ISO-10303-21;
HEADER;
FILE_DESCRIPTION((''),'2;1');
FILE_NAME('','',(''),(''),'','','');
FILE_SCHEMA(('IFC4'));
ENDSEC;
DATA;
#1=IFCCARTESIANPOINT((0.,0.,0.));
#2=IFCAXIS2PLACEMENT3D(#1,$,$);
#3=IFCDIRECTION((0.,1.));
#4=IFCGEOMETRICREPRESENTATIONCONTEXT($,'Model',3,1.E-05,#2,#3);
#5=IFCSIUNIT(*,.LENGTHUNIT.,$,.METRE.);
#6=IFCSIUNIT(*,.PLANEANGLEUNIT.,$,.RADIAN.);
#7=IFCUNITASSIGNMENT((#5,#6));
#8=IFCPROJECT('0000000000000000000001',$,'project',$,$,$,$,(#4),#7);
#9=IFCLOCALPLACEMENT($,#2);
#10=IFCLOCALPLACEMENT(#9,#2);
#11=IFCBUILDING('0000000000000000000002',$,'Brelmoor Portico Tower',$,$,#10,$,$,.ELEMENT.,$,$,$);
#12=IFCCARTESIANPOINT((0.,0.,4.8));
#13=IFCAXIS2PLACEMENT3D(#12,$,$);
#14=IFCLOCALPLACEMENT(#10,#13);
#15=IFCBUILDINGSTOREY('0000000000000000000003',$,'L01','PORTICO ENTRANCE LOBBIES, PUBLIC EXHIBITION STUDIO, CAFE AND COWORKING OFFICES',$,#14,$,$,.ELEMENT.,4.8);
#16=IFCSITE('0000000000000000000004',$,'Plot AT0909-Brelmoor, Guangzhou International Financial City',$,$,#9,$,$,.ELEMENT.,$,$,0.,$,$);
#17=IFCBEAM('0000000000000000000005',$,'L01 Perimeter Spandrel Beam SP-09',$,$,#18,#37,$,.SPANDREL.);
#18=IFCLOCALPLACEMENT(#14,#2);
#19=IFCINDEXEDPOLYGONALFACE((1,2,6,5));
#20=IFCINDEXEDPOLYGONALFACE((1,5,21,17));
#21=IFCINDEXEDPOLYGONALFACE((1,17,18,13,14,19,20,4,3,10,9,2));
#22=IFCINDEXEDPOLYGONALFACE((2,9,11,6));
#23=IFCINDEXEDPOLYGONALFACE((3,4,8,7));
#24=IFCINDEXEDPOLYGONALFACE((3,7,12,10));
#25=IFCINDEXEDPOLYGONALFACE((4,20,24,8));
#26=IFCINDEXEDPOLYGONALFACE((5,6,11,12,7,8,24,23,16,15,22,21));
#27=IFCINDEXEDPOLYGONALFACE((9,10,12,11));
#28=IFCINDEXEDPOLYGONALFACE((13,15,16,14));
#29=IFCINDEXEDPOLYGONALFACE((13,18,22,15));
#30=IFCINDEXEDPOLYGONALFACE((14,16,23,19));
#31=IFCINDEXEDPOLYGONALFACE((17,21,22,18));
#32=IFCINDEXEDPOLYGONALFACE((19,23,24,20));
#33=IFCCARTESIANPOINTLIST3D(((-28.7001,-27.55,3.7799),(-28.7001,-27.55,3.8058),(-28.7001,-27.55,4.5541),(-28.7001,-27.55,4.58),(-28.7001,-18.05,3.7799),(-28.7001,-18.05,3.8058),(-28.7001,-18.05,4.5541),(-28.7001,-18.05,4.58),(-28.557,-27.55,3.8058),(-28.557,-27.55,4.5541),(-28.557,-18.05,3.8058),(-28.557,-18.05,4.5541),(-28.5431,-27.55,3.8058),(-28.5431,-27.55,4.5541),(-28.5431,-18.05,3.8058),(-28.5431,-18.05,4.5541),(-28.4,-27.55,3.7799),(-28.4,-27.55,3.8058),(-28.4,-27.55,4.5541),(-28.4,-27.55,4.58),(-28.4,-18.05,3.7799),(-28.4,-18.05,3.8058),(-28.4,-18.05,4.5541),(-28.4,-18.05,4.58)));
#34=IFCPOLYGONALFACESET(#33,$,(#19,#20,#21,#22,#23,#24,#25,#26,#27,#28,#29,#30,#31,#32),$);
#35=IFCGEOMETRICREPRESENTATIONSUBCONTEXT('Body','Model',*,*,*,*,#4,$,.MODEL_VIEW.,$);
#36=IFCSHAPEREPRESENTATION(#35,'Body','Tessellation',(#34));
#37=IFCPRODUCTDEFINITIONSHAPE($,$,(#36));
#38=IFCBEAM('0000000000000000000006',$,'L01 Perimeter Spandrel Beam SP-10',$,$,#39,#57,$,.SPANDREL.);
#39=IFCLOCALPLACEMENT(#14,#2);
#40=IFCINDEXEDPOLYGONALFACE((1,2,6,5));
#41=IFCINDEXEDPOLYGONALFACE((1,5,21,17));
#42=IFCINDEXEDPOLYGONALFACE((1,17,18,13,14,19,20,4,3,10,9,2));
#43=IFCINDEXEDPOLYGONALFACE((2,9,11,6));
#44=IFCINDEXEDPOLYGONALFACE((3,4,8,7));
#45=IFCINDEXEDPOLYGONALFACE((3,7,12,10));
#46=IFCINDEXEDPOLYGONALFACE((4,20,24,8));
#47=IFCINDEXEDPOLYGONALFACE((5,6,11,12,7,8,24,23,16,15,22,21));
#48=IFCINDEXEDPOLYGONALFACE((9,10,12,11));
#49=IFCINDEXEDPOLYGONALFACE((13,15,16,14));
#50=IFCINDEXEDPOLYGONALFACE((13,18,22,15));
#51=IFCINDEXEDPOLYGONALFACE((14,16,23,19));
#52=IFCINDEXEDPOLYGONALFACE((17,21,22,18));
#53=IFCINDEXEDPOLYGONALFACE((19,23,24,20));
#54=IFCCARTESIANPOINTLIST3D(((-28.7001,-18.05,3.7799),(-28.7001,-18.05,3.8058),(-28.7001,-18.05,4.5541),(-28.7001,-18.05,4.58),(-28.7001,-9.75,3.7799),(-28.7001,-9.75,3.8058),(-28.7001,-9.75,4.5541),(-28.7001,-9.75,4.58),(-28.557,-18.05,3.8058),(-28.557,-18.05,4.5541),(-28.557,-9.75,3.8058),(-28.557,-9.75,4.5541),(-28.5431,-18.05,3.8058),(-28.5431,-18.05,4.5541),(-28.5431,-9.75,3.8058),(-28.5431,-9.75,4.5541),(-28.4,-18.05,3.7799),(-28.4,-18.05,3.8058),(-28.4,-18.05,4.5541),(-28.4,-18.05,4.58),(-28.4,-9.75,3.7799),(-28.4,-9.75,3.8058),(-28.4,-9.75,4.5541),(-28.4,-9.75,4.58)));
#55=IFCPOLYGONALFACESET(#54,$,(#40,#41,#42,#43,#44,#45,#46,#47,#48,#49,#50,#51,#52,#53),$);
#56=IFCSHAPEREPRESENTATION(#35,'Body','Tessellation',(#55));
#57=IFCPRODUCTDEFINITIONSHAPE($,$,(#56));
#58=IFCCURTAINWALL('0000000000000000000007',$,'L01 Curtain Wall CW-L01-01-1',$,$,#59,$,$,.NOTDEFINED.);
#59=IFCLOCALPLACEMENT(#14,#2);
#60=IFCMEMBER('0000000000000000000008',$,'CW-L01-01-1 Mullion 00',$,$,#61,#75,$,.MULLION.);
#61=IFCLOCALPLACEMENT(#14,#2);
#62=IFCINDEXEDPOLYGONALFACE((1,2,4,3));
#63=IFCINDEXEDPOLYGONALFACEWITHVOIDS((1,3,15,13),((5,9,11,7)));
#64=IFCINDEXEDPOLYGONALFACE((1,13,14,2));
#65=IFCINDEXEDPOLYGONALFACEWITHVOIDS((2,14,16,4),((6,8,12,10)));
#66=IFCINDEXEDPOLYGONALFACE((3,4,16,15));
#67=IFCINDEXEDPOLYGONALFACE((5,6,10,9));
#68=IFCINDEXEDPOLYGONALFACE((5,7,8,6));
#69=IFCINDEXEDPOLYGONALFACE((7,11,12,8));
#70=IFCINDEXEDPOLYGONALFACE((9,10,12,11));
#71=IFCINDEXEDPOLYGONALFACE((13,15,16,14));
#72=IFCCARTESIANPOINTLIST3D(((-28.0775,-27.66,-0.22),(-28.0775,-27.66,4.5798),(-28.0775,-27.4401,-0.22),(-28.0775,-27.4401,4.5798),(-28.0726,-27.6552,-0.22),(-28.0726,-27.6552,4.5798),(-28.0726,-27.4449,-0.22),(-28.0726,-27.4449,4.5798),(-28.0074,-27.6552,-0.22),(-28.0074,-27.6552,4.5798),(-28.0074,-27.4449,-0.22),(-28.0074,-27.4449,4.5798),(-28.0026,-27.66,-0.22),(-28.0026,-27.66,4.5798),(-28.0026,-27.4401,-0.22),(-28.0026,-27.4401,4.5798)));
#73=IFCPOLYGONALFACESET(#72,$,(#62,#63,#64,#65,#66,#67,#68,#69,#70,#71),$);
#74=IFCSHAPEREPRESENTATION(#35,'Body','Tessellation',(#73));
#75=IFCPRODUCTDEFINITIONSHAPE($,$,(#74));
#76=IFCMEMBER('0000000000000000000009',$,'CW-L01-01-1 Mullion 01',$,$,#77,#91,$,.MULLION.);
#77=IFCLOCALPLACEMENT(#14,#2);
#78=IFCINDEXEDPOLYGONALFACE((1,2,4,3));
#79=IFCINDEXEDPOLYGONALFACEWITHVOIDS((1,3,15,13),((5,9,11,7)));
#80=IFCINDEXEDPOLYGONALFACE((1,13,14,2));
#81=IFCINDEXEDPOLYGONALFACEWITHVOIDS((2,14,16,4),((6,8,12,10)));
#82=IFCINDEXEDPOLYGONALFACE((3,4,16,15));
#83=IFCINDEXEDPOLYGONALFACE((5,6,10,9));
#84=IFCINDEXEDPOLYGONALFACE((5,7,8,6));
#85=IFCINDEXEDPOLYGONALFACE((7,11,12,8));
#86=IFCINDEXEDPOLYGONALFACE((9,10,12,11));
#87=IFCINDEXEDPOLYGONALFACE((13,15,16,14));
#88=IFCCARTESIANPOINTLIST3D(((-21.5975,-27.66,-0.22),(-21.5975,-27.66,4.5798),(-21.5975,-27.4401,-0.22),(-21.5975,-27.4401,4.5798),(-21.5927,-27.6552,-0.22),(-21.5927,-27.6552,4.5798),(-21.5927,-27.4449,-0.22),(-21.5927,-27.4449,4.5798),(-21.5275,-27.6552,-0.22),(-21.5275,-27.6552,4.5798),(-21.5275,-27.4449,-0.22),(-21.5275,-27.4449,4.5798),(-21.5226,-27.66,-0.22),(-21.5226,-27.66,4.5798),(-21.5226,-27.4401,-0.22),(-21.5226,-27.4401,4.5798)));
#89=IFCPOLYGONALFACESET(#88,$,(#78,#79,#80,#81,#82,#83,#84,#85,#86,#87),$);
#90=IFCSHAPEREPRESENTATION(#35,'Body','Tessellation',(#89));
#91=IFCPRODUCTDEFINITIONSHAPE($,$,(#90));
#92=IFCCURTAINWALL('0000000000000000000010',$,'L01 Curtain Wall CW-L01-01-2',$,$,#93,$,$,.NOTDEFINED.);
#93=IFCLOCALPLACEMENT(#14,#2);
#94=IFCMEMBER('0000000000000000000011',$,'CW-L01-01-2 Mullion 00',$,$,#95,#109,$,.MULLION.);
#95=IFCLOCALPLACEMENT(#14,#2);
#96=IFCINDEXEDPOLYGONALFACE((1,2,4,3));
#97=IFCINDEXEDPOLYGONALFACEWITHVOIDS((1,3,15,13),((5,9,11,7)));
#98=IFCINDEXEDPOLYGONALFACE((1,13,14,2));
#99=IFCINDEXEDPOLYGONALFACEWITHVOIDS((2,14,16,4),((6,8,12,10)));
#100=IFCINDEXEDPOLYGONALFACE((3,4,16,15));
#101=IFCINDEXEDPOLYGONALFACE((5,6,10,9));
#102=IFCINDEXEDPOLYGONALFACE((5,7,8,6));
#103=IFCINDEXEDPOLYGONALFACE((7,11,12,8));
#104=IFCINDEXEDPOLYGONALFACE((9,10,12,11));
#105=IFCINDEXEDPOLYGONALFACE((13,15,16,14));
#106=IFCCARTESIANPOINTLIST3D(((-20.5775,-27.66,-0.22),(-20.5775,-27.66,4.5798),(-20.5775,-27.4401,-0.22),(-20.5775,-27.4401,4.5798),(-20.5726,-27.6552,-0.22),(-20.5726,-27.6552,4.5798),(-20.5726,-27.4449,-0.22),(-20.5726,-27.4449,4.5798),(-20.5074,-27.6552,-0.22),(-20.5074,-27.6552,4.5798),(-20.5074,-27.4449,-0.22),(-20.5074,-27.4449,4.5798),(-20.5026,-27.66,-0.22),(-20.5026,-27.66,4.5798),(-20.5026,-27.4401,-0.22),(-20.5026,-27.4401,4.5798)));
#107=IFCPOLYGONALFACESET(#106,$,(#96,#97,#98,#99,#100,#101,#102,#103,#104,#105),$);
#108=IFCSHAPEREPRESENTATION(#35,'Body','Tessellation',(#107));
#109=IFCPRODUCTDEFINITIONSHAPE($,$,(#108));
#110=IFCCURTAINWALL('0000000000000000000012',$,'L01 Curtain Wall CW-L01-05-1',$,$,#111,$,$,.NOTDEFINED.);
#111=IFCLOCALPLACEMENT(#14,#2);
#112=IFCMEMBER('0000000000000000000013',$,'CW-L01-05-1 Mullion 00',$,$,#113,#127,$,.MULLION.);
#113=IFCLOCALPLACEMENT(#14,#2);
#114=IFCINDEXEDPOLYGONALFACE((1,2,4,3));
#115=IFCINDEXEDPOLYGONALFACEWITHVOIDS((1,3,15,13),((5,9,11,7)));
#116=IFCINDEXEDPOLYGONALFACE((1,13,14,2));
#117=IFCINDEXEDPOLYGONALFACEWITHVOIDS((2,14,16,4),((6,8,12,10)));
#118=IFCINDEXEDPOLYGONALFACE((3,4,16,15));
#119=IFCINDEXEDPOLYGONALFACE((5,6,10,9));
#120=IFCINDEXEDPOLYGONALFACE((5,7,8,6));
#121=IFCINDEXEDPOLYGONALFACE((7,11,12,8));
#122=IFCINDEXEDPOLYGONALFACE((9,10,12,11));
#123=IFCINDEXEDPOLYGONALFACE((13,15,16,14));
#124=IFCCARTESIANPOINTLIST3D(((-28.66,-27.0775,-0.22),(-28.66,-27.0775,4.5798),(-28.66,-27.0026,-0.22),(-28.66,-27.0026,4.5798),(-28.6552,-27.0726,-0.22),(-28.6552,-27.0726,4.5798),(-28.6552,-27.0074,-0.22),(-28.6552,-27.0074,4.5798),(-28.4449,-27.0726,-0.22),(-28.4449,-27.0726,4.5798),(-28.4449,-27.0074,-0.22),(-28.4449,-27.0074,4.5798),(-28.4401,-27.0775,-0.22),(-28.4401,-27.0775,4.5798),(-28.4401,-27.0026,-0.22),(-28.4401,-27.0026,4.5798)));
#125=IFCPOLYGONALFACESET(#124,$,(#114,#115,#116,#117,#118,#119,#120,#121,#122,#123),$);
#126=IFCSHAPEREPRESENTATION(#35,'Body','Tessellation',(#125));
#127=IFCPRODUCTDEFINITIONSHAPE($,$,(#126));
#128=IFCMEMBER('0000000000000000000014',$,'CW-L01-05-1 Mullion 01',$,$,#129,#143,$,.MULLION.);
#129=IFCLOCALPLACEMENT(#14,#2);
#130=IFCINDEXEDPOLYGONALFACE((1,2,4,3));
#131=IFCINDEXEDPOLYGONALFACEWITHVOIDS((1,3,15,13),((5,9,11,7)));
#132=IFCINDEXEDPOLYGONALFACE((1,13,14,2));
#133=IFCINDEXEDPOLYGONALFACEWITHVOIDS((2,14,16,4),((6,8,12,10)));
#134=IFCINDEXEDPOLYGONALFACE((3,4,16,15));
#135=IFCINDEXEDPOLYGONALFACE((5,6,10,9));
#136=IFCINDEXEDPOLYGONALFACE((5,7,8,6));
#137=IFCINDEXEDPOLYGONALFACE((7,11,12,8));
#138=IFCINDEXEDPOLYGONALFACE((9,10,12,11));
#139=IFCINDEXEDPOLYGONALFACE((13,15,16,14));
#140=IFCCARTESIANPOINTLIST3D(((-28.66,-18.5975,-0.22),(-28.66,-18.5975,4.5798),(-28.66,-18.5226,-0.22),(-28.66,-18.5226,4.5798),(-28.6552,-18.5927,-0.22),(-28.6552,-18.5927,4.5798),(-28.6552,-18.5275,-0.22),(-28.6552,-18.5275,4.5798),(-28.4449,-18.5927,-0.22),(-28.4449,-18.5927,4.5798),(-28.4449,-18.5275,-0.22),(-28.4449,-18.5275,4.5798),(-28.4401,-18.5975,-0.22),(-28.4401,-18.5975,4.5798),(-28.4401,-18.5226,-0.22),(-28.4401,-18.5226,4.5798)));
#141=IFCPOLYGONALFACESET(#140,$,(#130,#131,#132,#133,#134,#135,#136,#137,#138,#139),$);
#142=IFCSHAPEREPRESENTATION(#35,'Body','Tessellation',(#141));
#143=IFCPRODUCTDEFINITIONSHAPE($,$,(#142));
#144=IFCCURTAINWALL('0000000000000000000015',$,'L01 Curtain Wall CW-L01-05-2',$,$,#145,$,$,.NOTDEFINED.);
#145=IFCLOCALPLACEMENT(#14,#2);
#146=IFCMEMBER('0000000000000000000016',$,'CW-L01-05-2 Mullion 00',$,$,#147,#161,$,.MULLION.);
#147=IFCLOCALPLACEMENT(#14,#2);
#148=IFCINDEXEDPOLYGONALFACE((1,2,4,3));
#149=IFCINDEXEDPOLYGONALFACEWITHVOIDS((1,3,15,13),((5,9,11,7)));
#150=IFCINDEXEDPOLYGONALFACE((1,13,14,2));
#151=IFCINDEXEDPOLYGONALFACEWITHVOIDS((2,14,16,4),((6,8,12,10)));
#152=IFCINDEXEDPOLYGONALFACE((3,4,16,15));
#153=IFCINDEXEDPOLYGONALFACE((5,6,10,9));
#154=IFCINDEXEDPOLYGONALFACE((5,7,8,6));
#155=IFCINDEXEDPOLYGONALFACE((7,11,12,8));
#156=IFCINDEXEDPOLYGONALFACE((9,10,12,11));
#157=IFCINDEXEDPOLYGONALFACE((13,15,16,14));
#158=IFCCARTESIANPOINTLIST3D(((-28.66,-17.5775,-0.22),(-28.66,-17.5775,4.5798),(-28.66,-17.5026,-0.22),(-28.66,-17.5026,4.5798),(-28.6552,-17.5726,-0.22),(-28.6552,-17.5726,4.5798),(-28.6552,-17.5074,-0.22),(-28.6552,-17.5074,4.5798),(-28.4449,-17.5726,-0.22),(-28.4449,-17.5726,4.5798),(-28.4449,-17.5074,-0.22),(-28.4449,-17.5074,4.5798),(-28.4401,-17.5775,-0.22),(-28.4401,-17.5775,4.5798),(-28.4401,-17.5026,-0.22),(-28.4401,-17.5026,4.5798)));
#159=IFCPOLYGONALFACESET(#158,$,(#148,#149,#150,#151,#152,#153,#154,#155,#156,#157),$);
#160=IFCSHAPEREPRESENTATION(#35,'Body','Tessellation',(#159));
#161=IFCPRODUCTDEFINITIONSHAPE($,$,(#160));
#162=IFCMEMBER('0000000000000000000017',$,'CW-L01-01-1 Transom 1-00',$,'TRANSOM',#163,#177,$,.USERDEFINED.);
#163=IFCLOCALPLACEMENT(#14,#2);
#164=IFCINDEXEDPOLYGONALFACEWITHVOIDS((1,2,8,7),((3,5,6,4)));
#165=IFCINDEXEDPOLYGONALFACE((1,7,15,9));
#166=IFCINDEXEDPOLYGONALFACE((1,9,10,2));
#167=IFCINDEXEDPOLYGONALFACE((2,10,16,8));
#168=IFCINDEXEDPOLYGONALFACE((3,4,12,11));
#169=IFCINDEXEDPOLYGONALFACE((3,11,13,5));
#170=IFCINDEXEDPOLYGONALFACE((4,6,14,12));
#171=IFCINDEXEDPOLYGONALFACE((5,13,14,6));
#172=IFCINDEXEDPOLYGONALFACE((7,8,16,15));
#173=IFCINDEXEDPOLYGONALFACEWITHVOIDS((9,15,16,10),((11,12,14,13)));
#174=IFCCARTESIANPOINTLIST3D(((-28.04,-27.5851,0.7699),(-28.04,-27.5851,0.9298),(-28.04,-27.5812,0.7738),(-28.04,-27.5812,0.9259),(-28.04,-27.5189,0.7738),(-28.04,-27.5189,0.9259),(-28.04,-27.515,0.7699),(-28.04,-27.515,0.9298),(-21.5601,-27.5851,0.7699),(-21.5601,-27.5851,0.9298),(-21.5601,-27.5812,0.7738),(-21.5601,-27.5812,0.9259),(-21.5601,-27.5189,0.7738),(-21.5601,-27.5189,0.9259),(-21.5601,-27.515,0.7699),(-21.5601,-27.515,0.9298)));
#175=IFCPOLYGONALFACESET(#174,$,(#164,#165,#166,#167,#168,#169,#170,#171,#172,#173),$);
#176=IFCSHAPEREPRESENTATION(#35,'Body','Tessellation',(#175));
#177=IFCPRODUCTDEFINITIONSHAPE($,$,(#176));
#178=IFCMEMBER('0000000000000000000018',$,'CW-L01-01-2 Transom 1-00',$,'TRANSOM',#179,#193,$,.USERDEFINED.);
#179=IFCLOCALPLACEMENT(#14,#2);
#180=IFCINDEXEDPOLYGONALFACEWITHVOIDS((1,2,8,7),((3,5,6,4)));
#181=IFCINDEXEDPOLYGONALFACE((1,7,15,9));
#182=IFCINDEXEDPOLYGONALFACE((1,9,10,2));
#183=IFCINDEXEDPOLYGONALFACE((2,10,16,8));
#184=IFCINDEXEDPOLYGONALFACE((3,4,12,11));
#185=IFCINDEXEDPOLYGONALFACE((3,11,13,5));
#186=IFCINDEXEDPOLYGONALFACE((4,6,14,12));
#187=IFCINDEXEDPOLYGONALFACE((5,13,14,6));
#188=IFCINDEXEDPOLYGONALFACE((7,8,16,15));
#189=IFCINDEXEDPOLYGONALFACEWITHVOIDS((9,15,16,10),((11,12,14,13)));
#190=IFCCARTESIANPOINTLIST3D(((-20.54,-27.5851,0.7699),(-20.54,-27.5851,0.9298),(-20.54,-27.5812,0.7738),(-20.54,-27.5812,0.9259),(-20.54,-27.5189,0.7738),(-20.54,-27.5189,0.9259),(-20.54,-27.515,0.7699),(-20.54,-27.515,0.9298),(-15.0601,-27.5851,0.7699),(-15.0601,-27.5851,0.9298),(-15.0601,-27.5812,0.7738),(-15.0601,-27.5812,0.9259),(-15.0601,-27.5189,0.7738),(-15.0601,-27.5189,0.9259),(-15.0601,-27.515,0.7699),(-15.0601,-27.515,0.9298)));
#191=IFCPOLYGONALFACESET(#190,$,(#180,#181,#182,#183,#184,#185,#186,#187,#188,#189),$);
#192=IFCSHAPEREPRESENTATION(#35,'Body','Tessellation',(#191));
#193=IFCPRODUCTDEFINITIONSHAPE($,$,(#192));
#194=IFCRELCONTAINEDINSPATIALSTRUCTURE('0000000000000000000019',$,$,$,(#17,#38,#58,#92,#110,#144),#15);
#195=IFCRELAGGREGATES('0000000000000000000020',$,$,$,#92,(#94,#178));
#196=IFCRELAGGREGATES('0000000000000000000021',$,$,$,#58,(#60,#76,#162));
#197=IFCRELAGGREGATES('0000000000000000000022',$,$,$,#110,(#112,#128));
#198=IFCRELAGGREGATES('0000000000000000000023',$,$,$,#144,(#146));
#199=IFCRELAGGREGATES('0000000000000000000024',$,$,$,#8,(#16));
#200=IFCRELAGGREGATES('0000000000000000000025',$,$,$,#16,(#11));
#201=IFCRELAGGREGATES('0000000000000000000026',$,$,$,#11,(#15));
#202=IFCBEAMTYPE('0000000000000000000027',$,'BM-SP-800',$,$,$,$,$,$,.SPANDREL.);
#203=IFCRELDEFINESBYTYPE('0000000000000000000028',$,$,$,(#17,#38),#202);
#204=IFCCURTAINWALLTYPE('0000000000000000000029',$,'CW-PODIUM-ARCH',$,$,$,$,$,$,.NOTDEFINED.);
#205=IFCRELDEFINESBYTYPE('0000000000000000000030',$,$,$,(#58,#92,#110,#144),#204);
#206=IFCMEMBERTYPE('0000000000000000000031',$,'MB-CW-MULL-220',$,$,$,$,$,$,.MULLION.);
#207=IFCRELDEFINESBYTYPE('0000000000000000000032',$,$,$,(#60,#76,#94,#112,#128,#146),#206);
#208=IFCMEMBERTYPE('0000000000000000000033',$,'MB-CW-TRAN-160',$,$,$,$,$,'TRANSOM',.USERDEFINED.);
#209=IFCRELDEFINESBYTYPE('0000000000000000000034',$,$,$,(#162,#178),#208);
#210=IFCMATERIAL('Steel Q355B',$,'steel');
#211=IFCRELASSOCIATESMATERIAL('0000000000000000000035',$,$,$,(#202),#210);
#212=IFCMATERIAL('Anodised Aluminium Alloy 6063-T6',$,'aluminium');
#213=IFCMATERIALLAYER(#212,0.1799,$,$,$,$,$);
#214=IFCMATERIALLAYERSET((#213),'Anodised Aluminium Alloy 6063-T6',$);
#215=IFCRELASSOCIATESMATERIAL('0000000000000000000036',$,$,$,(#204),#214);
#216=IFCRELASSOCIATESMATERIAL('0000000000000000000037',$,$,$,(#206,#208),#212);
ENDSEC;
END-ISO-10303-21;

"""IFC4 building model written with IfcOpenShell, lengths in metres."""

from ifc_helpers import new_model, si_unit, direction, frame, origin, origin_2d, place, context, subcontext, project, spatial, hollow_rectangle, i_section, extrude, material, layer, layer_set, material_profile, profile_set, type_object, element, aggregate, save


model = new_model("IFC4")

# Units and contexts
model_context = context("Model", 3, precision=1e-05, world=origin(), true_north=direction((0.0, 1.0)))
body_context = subcontext(model_context, "Body", "Model", "MODEL_VIEW")
ifc_project = project(units=[si_unit("LENGTHUNIT", "METRE"), si_unit("PLANEANGLEUNIT", "RADIAN")], contexts=[model_context])

# Site, building, storey
site_placement = place(None, origin())
site = spatial("IfcSite", under=ifc_project, at=site_placement, Name="Plot AT0909-Brelmoor, Guangzhou International Financial City", CompositionType="ELEMENT", RefElevation=0.0)
building_placement = place(site_placement, origin())
building = spatial("IfcBuilding", under=site, at=building_placement, Name="Brelmoor Portico Tower", CompositionType="ELEMENT")
storey_placement = place(building_placement, frame((0.0, 0.0, 4.8)))
storey = spatial("IfcBuildingStorey", under=building, at=storey_placement, Name="L01", Description="PORTICO ENTRANCE LOBBIES, PUBLIC EXHIBITION STUDIO, CAFE AND COWORKING OFFICES", CompositionType="ELEMENT", Elevation=4.8)

# Shared definitions
ifc_material_1 = material(Name="Steel Q355B", Category="steel")

# Beams
ifc_material_profile_1 = material_profile(ifc_material_1, i_section(OverallWidth=0.3, OverallDepth=0.8, WebThickness=0.0139, FlangeThickness=0.0259, at=origin_2d()), Name="HN 800x300x14x26")
ifc_profile_set_1 = profile_set([ifc_material_profile_1], Name="Steel Q355B")
beam_type_1 = type_object("IfcBeamType", Name="BM-SP-800", PredefinedType="SPANDREL", material=ifc_profile_set_1)
beam_1_placement = place(storey_placement, frame((-28.55, -27.55, 4.1799), z_axis=(0.0, 1.0, 0.0), x_axis=(-1.0, 0.0, 0.0)))
element("IfcBeam", 1, at=beam_1_placement, inside=storey, type_object=beam_type_1, Name="L01 Perimeter Spandrel Beam SP-09", PredefinedType="SPANDREL", context=body_context, shape_type="SweptSolid", body=[
    extrude(i_section(OverallWidth=0.3, OverallDepth=0.8, WebThickness=0.0139, FlangeThickness=0.0259, at=origin_2d()), origin(), (0.0, 0.0, 1.0), 9.5),
])
beam_2_placement = place(storey_placement, frame((-28.55, -18.05, 4.1799), z_axis=(0.0, 1.0, 0.0), x_axis=(-1.0, 0.0, 0.0)))
element("IfcBeam", 2, at=beam_2_placement, inside=storey, type_object=beam_type_1, Name="L01 Perimeter Spandrel Beam SP-10", PredefinedType="SPANDREL", context=body_context, shape_type="SweptSolid", body=[
    extrude(i_section(OverallWidth=0.3, OverallDepth=0.8, WebThickness=0.0139, FlangeThickness=0.0259, at=origin_2d()), origin(), (0.0, 0.0, 1.0), 8.3),
])

# Curtain wall, members
ifc_material_2 = material(Name="Anodised Aluminium Alloy 6063-T6", Category="aluminium")
ifc_layer_1 = layer(ifc_material_2, 0.1799)
ifc_layer_set_1 = layer_set([ifc_layer_1], Name="Anodised Aluminium Alloy 6063-T6")
curtain_wall_type = type_object("IfcCurtainWallType", Name="CW-PODIUM-ARCH", PredefinedType="NOTDEFINED", material=ifc_layer_set_1)
curtain_wall_1_placement = place(storey_placement, origin())
curtain_wall_1 = element("IfcCurtainWall", 3, at=curtain_wall_1_placement, inside=storey, type_object=curtain_wall_type, Name="L01 Curtain Wall CW-L01-01-1", PredefinedType="NOTDEFINED")
ifc_material_profile_2 = material_profile(ifc_material_2, hollow_rectangle(XDim=0.075, YDim=0.22, WallThickness=0.0049, at=origin_2d()), Name="ALU MULLION 75x220")
ifc_profile_set_2 = profile_set([ifc_material_profile_2], Name="Anodised Aluminium Alloy 6063-T6")
member_type_1 = type_object("IfcMemberType", Name="MB-CW-MULL-220", PredefinedType="MULLION", material=ifc_profile_set_2)
member_1_placement = place(storey_placement, frame((-28.04, -27.55, -0.22), z_axis=(0.0, 0.0, 1.0), x_axis=(1.0, 0.0, 0.0)))
member_1 = element("IfcMember", 4, at=member_1_placement, type_object=member_type_1, Name="CW-L01-01-1 Mullion 00", PredefinedType="MULLION", context=body_context, shape_type="SweptSolid", body=[
    extrude(hollow_rectangle(XDim=0.075, YDim=0.22, WallThickness=0.0049, at=origin_2d()), origin(), (0.0, 0.0, 1.0), 4.7998),
])
member_2_placement = place(storey_placement, frame((-21.5601, -27.55, -0.22), z_axis=(0.0, 0.0, 1.0), x_axis=(1.0, 0.0, 0.0)))
member_2 = element("IfcMember", 5, at=member_2_placement, type_object=member_type_1, Name="CW-L01-01-1 Mullion 01", PredefinedType="MULLION", context=body_context, shape_type="SweptSolid", body=[
    extrude(hollow_rectangle(XDim=0.075, YDim=0.22, WallThickness=0.0049, at=origin_2d()), origin(), (0.0, 0.0, 1.0), 4.7998),
])

# Curtain wall, member
curtain_wall_2_placement = place(storey_placement, origin())
curtain_wall_2 = element("IfcCurtainWall", 6, at=curtain_wall_2_placement, inside=storey, type_object=curtain_wall_type, Name="L01 Curtain Wall CW-L01-01-2", PredefinedType="NOTDEFINED")
member_3_placement = place(storey_placement, frame((-20.54, -27.55, -0.22), z_axis=(0.0, 0.0, 1.0), x_axis=(1.0, 0.0, 0.0)))
member_3 = element("IfcMember", 7, at=member_3_placement, type_object=member_type_1, Name="CW-L01-01-2 Mullion 00", PredefinedType="MULLION", context=body_context, shape_type="SweptSolid", body=[
    extrude(hollow_rectangle(XDim=0.075, YDim=0.22, WallThickness=0.0049, at=origin_2d()), origin(), (0.0, 0.0, 1.0), 4.7998),
])

# Curtain wall, members
curtain_wall_3_placement = place(storey_placement, origin())
curtain_wall_3 = element("IfcCurtainWall", 8, at=curtain_wall_3_placement, inside=storey, type_object=curtain_wall_type, Name="L01 Curtain Wall CW-L01-05-1", PredefinedType="NOTDEFINED")
member_4_placement = place(storey_placement, frame((-28.55, -27.04, -0.22), z_axis=(0.0, 0.0, 1.0), x_axis=(0.0, 1.0, 0.0)))
member_4 = element("IfcMember", 9, at=member_4_placement, type_object=member_type_1, Name="CW-L01-05-1 Mullion 00", PredefinedType="MULLION", context=body_context, shape_type="SweptSolid", body=[
    extrude(hollow_rectangle(XDim=0.075, YDim=0.22, WallThickness=0.0049, at=origin_2d()), origin(), (0.0, 0.0, 1.0), 4.7998),
])
member_5_placement = place(storey_placement, frame((-28.55, -18.5601, -0.22), z_axis=(0.0, 0.0, 1.0), x_axis=(0.0, 1.0, 0.0)))
member_5 = element("IfcMember", 10, at=member_5_placement, type_object=member_type_1, Name="CW-L01-05-1 Mullion 01", PredefinedType="MULLION", context=body_context, shape_type="SweptSolid", body=[
    extrude(hollow_rectangle(XDim=0.075, YDim=0.22, WallThickness=0.0049, at=origin_2d()), origin(), (0.0, 0.0, 1.0), 4.7998),
])

# Curtain wall, member
curtain_wall_4_placement = place(storey_placement, origin())
curtain_wall_4 = element("IfcCurtainWall", 11, at=curtain_wall_4_placement, inside=storey, type_object=curtain_wall_type, Name="L01 Curtain Wall CW-L01-05-2", PredefinedType="NOTDEFINED")
member_6_placement = place(storey_placement, frame((-28.55, -17.54, -0.22), z_axis=(0.0, 0.0, 1.0), x_axis=(0.0, 1.0, 0.0)))
member_6 = element("IfcMember", 12, at=member_6_placement, type_object=member_type_1, Name="CW-L01-05-2 Mullion 00", PredefinedType="MULLION", context=body_context, shape_type="SweptSolid", body=[
    extrude(hollow_rectangle(XDim=0.075, YDim=0.22, WallThickness=0.0049, at=origin_2d()), origin(), (0.0, 0.0, 1.0), 4.7998),
])

# Members
ifc_material_profile_3 = material_profile(ifc_material_2, hollow_rectangle(XDim=0.0701, YDim=0.1599, WallThickness=0.0039, at=origin_2d()), Name="ALU TRANSOM 70x160")
ifc_profile_set_3 = profile_set([ifc_material_profile_3], Name="Anodised Aluminium Alloy 6063-T6")
member_type_2 = type_object("IfcMemberType", Name="MB-CW-TRAN-160", ElementType="TRANSOM", PredefinedType="USERDEFINED", material=ifc_profile_set_3)
member_7_placement = place(storey_placement, frame((-28.04, -27.55, 0.8499), z_axis=(1.0, 0.0, 0.0), x_axis=(0.0, 1.0, 0.0)))
member_7 = element("IfcMember", 13, at=member_7_placement, type_object=member_type_2, Name="CW-L01-01-1 Transom 1-00", ObjectType="TRANSOM", PredefinedType="USERDEFINED", context=body_context, shape_type="SweptSolid", body=[
    extrude(hollow_rectangle(XDim=0.0701, YDim=0.1599, WallThickness=0.0039, at=origin_2d()), origin(), (0.0, 0.0, 1.0), 6.48),
])
member_8_placement = place(storey_placement, frame((-20.54, -27.55, 0.8499), z_axis=(1.0, 0.0, 0.0), x_axis=(0.0, 1.0, 0.0)))
member_8 = element("IfcMember", 14, at=member_8_placement, type_object=member_type_2, Name="CW-L01-01-2 Transom 1-00", ObjectType="TRANSOM", PredefinedType="USERDEFINED", context=body_context, shape_type="SweptSolid", body=[
    extrude(hollow_rectangle(XDim=0.0701, YDim=0.1599, WallThickness=0.0039, at=origin_2d()), origin(), (0.0, 0.0, 1.0), 5.48),
])
aggregate(curtain_wall_2, [member_3, member_8])

aggregate(curtain_wall_1, [member_1, member_2, member_7])
aggregate(curtain_wall_3, [member_4, member_5])
aggregate(curtain_wall_4, [member_6])

save(model, "model.ifc")
